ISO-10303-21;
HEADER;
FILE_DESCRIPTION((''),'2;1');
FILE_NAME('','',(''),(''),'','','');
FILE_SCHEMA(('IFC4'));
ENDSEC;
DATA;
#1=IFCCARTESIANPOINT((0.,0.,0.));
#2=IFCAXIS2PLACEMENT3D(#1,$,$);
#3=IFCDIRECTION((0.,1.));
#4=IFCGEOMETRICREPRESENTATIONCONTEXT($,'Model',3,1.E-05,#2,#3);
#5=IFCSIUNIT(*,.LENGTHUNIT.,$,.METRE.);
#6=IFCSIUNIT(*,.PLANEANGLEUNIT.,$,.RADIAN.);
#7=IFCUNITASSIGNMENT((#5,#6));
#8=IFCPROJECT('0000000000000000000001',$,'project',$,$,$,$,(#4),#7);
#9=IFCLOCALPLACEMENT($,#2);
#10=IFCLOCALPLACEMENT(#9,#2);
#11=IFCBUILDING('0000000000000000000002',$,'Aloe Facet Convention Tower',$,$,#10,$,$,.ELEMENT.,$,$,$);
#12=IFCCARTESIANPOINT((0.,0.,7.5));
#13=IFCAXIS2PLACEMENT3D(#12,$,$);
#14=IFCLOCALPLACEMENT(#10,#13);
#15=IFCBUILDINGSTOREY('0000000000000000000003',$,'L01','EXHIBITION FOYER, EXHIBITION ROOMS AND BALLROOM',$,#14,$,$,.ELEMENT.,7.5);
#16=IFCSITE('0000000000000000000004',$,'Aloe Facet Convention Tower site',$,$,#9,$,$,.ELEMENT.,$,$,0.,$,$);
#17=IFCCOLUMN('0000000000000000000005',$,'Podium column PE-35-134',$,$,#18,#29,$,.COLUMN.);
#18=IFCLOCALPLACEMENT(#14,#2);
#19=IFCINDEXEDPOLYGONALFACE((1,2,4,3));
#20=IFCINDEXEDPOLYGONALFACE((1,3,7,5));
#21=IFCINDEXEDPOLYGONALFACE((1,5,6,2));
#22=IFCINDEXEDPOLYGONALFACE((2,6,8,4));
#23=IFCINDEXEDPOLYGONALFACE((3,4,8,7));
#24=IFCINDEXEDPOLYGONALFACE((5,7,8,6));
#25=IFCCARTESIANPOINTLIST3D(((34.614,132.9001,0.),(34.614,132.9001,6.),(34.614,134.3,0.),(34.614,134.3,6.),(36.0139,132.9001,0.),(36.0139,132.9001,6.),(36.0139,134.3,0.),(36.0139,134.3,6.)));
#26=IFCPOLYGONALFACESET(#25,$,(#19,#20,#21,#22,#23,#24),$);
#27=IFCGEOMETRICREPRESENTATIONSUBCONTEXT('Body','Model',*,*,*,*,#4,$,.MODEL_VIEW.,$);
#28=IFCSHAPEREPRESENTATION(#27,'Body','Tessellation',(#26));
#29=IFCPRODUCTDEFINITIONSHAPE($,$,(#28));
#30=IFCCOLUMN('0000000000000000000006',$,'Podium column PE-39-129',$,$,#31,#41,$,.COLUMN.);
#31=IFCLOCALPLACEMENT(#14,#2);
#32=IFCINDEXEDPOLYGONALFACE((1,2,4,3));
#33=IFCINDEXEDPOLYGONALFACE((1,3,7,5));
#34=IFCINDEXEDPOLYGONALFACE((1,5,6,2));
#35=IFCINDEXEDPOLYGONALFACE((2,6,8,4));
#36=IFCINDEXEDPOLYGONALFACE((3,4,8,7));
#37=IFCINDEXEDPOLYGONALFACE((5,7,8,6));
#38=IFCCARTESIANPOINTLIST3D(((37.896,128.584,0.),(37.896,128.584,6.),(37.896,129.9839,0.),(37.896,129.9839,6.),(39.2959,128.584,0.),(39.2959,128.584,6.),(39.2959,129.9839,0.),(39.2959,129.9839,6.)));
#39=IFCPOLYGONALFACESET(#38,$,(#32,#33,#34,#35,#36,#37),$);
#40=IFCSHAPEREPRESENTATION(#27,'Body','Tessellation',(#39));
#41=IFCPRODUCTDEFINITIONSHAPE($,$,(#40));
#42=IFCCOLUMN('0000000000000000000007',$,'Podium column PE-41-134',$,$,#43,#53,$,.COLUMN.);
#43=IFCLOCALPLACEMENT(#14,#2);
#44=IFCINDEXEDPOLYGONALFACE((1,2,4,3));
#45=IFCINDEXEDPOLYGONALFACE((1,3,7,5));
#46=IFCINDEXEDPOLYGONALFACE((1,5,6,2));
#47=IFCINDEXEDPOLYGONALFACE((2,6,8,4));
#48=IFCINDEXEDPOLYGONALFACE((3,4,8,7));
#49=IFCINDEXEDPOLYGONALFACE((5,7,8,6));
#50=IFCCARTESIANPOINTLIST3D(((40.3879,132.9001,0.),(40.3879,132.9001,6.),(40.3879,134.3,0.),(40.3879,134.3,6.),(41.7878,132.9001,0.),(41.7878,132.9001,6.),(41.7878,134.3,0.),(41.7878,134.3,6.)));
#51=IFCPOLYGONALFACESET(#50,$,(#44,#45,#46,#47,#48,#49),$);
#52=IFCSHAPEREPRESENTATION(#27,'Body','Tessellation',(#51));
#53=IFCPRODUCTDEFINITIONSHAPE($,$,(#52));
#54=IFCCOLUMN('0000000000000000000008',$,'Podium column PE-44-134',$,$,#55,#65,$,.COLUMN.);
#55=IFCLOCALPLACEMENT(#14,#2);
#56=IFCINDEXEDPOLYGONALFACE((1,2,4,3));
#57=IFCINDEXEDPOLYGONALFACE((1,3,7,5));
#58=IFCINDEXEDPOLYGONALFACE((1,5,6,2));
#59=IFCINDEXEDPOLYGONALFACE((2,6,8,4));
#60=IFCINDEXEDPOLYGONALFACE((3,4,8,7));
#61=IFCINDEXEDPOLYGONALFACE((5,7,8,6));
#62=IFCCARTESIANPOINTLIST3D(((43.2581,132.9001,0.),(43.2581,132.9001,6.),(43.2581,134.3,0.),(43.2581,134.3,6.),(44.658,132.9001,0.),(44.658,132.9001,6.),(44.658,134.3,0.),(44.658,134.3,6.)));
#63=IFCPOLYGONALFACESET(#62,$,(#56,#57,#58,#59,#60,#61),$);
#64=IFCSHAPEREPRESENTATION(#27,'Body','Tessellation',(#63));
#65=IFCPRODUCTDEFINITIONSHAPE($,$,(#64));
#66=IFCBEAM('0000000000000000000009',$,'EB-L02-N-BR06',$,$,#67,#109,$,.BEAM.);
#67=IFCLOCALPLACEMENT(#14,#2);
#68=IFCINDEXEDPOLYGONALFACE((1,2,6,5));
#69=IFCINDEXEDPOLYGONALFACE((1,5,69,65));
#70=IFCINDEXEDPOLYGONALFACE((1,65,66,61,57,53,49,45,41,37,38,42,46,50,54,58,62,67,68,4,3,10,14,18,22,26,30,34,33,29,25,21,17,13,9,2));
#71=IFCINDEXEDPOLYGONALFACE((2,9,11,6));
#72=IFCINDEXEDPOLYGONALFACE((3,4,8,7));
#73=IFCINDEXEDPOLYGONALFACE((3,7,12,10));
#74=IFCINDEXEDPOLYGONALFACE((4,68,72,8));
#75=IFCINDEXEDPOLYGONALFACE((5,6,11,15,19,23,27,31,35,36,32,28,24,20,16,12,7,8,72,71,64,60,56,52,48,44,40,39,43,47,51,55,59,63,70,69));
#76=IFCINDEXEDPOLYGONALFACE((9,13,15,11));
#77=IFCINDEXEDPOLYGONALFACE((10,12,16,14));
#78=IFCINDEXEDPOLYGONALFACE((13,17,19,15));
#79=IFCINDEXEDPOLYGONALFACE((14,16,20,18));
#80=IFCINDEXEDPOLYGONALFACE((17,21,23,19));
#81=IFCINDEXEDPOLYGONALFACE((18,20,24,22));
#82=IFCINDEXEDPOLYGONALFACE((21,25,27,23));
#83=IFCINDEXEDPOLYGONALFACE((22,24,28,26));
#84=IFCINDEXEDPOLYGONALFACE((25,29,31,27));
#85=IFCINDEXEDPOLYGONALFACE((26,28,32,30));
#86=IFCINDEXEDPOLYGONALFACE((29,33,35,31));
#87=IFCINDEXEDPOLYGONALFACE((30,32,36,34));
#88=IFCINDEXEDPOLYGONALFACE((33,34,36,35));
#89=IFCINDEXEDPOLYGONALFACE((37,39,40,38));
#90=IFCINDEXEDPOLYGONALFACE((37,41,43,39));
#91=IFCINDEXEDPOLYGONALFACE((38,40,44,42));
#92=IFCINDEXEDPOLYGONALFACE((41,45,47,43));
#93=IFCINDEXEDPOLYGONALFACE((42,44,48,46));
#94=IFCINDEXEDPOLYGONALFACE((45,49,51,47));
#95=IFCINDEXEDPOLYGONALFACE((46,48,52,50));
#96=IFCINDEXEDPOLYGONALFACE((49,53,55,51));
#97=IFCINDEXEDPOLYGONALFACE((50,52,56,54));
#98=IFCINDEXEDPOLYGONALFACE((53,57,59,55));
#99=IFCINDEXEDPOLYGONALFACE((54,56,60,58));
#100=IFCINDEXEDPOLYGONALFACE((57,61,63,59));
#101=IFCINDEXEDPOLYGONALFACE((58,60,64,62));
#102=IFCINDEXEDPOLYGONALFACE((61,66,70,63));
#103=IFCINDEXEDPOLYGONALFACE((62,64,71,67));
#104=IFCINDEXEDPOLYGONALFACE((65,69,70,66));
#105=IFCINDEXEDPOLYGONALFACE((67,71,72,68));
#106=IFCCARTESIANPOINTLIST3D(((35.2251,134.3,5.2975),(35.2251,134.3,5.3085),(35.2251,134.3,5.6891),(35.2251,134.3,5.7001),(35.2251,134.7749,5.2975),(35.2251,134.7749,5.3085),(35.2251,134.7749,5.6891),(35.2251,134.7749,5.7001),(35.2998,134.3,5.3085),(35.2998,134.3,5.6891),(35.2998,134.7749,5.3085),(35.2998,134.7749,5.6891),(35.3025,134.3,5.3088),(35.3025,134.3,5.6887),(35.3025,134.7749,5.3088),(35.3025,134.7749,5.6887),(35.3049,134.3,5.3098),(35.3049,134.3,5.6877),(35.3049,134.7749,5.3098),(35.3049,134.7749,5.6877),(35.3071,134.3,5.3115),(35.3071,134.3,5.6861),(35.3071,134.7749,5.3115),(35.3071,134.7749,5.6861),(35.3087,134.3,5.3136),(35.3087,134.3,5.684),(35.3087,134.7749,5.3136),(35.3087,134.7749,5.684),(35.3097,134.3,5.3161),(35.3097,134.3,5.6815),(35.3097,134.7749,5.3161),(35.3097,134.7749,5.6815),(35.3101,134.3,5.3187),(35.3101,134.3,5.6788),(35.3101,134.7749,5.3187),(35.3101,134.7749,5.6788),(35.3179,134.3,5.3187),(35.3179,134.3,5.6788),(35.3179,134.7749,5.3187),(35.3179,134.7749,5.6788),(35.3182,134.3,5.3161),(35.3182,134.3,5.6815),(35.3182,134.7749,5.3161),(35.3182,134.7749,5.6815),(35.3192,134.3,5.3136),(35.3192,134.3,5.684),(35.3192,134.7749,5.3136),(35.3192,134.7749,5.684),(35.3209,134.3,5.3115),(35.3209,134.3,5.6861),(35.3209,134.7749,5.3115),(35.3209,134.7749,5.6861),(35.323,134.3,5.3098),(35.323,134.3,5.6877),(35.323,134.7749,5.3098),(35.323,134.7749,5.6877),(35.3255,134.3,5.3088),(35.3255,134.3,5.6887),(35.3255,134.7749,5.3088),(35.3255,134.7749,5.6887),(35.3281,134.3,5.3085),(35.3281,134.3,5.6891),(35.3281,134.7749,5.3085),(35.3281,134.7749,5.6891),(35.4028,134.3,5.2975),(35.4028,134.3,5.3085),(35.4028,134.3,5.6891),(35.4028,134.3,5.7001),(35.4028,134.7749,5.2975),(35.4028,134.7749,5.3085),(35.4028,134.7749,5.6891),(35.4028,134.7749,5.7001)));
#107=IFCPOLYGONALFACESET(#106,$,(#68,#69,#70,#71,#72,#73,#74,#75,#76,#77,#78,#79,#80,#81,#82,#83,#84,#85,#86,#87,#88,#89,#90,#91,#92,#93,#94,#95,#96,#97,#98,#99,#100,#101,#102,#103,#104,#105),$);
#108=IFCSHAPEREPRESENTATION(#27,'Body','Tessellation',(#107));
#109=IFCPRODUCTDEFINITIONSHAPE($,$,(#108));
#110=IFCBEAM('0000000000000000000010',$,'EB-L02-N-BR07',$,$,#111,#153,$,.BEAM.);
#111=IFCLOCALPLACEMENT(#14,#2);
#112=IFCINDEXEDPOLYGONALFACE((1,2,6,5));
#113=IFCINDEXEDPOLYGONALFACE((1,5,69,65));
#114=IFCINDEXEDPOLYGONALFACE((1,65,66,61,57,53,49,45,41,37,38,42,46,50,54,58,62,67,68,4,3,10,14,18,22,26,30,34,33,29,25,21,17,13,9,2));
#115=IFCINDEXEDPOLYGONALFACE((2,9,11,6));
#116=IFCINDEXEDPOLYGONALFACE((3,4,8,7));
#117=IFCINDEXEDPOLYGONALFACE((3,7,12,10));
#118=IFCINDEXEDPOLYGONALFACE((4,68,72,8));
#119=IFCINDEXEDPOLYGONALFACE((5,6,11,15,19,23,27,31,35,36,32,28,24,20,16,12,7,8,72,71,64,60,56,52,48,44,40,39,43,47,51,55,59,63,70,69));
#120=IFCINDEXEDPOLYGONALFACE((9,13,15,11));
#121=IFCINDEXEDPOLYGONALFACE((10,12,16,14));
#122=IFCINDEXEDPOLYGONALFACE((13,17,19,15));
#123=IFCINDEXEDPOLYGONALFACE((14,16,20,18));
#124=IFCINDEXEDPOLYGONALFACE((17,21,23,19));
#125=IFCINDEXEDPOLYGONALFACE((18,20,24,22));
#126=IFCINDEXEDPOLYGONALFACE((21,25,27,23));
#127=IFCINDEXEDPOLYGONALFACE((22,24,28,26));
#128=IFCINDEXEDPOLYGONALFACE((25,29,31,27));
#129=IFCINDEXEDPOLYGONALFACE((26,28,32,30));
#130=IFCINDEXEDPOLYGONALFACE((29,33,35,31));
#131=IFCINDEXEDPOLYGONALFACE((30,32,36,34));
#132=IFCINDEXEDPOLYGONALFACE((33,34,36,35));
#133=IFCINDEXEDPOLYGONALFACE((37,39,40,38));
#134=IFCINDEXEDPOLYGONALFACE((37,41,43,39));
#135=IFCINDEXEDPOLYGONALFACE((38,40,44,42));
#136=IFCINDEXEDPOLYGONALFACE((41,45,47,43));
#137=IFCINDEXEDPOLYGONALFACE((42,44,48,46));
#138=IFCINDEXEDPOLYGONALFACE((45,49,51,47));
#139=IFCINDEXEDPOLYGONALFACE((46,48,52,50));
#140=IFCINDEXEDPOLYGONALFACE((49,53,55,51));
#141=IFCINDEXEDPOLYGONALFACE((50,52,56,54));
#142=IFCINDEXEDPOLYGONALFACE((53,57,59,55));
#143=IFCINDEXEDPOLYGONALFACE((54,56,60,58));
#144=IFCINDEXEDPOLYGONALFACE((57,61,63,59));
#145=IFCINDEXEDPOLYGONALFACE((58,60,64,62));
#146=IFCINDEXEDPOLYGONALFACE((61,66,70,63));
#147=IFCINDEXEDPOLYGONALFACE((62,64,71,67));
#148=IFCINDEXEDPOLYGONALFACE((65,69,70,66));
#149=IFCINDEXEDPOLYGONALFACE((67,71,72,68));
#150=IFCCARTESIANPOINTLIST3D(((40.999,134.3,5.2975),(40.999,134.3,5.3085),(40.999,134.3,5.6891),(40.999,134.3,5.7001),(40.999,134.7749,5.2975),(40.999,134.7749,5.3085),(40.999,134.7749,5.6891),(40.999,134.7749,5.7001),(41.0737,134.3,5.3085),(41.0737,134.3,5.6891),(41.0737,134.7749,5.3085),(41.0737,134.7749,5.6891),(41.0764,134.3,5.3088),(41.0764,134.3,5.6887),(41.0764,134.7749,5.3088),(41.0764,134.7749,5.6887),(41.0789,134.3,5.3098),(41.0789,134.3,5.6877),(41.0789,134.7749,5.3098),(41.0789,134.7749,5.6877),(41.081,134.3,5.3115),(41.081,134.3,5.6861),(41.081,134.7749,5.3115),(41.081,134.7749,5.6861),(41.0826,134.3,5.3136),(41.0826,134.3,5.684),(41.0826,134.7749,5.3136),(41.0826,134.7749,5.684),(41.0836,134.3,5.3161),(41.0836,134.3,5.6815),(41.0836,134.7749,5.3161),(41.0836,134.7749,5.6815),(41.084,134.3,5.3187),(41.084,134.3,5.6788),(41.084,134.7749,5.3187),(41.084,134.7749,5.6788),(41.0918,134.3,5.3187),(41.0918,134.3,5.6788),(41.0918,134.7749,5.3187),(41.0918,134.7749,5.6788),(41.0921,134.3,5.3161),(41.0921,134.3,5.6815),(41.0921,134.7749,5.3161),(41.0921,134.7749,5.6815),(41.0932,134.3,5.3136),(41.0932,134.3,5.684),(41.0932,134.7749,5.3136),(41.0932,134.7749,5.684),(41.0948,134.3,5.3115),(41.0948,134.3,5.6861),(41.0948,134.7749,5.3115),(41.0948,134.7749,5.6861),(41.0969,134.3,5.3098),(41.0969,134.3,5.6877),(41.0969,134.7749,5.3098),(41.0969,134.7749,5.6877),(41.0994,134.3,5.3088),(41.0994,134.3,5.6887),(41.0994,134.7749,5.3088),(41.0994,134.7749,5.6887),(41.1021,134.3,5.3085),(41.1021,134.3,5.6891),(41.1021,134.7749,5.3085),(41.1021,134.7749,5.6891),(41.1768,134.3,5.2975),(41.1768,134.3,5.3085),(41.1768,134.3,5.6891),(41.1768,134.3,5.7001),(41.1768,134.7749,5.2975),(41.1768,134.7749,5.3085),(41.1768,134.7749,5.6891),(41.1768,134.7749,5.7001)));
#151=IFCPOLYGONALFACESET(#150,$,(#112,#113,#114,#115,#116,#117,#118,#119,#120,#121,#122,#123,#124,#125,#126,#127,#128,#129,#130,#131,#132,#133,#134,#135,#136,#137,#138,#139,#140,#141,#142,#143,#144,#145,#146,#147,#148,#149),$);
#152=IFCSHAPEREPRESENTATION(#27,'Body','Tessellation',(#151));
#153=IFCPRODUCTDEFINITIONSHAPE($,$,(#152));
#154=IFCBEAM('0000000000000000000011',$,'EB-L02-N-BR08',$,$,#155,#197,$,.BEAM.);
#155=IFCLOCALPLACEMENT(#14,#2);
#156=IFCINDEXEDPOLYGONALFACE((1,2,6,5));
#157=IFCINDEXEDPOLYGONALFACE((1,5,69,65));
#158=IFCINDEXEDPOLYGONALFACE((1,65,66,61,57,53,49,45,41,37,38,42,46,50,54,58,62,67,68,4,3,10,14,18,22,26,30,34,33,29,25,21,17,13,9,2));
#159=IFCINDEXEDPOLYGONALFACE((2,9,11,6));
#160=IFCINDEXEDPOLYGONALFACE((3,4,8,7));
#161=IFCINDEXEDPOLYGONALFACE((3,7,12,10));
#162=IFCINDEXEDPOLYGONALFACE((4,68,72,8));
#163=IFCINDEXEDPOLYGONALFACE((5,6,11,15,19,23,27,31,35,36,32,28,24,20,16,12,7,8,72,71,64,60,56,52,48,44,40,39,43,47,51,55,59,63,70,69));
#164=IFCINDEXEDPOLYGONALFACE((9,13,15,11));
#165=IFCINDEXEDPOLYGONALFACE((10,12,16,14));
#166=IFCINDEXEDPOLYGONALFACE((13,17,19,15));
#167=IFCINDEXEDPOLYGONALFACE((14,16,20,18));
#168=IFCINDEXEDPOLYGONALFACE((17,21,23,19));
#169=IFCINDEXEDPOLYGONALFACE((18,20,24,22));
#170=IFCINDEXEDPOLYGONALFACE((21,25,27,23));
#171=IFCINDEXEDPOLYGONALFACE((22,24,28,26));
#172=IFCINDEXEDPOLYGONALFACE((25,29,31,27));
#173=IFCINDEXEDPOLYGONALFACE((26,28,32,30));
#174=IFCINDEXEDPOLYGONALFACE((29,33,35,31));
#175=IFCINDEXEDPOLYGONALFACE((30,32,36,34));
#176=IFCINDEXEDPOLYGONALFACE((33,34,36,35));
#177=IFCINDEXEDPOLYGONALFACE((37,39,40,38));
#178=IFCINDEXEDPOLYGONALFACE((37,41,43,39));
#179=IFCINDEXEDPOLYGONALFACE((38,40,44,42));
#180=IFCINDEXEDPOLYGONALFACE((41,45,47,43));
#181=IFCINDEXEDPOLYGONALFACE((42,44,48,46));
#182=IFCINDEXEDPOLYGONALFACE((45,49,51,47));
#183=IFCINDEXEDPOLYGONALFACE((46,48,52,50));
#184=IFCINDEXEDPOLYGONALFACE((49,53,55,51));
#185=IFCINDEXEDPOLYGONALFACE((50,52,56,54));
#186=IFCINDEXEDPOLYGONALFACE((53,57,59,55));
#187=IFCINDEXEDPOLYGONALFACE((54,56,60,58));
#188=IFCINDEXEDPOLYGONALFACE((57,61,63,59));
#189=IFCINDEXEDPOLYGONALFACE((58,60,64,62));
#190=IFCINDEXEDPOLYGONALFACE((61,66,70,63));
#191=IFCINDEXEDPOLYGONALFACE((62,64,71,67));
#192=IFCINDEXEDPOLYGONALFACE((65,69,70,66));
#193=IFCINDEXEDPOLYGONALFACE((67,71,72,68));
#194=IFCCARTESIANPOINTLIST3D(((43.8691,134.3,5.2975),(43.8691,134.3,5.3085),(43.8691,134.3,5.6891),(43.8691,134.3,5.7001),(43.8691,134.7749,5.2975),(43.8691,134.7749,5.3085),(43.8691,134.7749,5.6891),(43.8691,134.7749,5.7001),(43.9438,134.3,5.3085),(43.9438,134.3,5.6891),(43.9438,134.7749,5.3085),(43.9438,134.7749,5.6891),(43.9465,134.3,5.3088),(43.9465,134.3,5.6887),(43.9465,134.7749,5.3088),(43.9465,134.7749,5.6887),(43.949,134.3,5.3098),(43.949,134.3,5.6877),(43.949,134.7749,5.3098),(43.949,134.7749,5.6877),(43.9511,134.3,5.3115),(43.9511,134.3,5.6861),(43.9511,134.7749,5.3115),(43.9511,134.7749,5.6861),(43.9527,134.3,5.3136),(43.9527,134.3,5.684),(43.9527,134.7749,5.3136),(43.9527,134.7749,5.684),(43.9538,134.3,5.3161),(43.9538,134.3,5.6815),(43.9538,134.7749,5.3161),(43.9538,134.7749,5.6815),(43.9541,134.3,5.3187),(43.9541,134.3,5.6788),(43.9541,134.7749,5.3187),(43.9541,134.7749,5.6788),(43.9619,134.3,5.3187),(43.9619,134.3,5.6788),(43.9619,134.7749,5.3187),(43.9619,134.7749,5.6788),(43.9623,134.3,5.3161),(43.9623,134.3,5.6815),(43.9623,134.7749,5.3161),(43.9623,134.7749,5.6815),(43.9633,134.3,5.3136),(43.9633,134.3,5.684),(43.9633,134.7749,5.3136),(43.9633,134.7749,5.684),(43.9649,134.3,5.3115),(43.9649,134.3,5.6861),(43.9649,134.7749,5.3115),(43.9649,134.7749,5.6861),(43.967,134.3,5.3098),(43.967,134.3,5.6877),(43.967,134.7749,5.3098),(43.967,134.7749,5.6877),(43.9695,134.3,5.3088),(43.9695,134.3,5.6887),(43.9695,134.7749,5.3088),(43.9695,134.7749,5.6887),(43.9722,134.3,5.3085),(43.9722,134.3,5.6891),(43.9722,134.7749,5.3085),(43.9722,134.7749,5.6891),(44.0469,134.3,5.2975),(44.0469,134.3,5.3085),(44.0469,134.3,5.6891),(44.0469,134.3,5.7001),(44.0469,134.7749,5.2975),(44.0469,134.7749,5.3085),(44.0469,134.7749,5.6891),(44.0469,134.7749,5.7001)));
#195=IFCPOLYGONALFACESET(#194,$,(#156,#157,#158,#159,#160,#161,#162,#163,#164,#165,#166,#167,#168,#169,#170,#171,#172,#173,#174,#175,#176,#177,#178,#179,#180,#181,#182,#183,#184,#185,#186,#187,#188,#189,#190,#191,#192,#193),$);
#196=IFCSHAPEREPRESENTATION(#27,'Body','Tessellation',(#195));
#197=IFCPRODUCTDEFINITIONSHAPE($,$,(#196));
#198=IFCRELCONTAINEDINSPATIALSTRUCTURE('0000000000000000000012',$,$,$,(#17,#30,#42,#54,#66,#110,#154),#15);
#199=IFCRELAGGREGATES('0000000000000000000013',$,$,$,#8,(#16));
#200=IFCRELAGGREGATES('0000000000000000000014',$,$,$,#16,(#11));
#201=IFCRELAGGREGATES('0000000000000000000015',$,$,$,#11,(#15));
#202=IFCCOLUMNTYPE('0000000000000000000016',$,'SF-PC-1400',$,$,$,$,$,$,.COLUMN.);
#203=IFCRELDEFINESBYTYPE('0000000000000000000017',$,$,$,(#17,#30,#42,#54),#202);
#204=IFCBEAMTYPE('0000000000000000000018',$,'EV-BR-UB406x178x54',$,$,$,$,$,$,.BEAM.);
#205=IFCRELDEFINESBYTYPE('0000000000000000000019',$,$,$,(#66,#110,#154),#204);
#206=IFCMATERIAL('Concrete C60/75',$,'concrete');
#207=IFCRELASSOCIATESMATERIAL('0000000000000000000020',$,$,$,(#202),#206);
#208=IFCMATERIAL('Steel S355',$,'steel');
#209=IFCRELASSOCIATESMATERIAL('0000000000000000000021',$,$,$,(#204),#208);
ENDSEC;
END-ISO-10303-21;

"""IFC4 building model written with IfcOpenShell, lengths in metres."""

from ifc_helpers import new_model, si_unit, direction, frame, origin, origin_2d, place, context, subcontext, project, spatial, rectangle, i_section, extrude, material, material_profile, profile_set, type_object, element, save


model = new_model("IFC4")

# Units and contexts
model_context = context("Model", 3, precision=1e-05, world=origin(), true_north=direction((0.0, 1.0)))
body_context = subcontext(model_context, "Body", "Model", "MODEL_VIEW")
ifc_project = project(units=[si_unit("LENGTHUNIT", "METRE"), si_unit("PLANEANGLEUNIT", "RADIAN")], contexts=[model_context])

# Site, building, storey
site_placement = place(None, origin())
site = spatial("IfcSite", under=ifc_project, at=site_placement, Name="Aloe Facet Convention Tower site", CompositionType="ELEMENT", RefElevation=0.0)
building_placement = place(site_placement, origin())
building = spatial("IfcBuilding", under=site, at=building_placement, Name="Aloe Facet Convention Tower", CompositionType="ELEMENT")
storey_placement = place(building_placement, frame((0.0, 0.0, 7.5)))
storey = spatial("IfcBuildingStorey", under=building, at=storey_placement, Name="L01", Description="EXHIBITION FOYER, EXHIBITION ROOMS AND BALLROOM", CompositionType="ELEMENT", Elevation=7.5)

# Columns
ifc_material_1 = material(Name="Concrete C60/75", Category="concrete")
ifc_material_profile_1 = material_profile(ifc_material_1, rectangle(XDim=1.3999, YDim=1.3999, at=origin_2d()), Name="SF-PC-1400")
ifc_profile_set_1 = profile_set([ifc_material_profile_1], Name="Concrete C60/75")
column_type = type_object("IfcColumnType", Name="SF-PC-1400", PredefinedType="COLUMN", material=ifc_profile_set_1)
for number, where, z_axis, x_axis, name in (
    (1, (35.314, 133.6001, 0.0), (0.0, 0.0, 1.0), (1.0, 0.0, 0.0), "Podium column PE-35-134"),
    (2, (38.5959, 129.2839, 0.0), (0.0, 0.0, 1.0), (1.0, 0.0, 0.0), "Podium column PE-39-129"),
    (3, (41.0879, 133.6001, 0.0), (0.0, 0.0, 1.0), (1.0, 0.0, 0.0), "Podium column PE-41-134"),
    (4, (43.958, 133.6001, 0.0), (0.0, 0.0, 1.0), (1.0, 0.0, 0.0), "Podium column PE-44-134"),
):
    element("IfcColumn", number, at=place(storey_placement, frame(where, z_axis=z_axis, x_axis=x_axis)), inside=storey, type_object=column_type, Name=name, PredefinedType="COLUMN", context=body_context, shape_type="SweptSolid", body=[
        extrude(rectangle(XDim=1.3999, YDim=1.3999, at=origin_2d()), origin(), (0.0, 0.0, 1.0), 6.0),
    ])

# Beams
ifc_material_2 = material(Name="Steel S355", Category="steel")
ifc_material_profile_2 = material_profile(ifc_material_2, i_section(OverallWidth=0.1777, OverallDepth=0.4026, WebThickness=0.0078, FlangeThickness=0.011, FilletRadius=0.0103, at=origin_2d()), Name="UB 406x178x54")
ifc_profile_set_2 = profile_set([ifc_material_profile_2], Name="Steel S355")
beam_type_1 = type_object("IfcBeamType", Name="EV-BR-UB406x178x54", PredefinedType="BEAM", material=ifc_profile_set_2)
for number, where, z_axis, x_axis, name in (
    (5, (35.314, 134.3, 5.4988), (0.0, 1.0, 0.0), (-1.0, 0.0, 0.0), "EB-L02-N-BR06"),
    (6, (41.0879, 134.3, 5.4988), (0.0, 1.0, 0.0), (-1.0, 0.0, 0.0), "EB-L02-N-BR07"),
    (7, (43.958, 134.3, 5.4988), (0.0, 1.0, 0.0), (-1.0, 0.0, 0.0), "EB-L02-N-BR08"),
):
    element("IfcBeam", number, at=place(storey_placement, frame(where, z_axis=z_axis, x_axis=x_axis)), inside=storey, type_object=beam_type_1, Name=name, PredefinedType="BEAM", context=body_context, shape_type="SweptSolid", body=[
        extrude(i_section(OverallWidth=0.1777, OverallDepth=0.4026, WebThickness=0.0078, FlangeThickness=0.011, FilletRadius=0.0103, at=origin_2d()), origin(), (0.0, 0.0, 1.0), 0.4749),
    ])

save(model, "model.ifc")
